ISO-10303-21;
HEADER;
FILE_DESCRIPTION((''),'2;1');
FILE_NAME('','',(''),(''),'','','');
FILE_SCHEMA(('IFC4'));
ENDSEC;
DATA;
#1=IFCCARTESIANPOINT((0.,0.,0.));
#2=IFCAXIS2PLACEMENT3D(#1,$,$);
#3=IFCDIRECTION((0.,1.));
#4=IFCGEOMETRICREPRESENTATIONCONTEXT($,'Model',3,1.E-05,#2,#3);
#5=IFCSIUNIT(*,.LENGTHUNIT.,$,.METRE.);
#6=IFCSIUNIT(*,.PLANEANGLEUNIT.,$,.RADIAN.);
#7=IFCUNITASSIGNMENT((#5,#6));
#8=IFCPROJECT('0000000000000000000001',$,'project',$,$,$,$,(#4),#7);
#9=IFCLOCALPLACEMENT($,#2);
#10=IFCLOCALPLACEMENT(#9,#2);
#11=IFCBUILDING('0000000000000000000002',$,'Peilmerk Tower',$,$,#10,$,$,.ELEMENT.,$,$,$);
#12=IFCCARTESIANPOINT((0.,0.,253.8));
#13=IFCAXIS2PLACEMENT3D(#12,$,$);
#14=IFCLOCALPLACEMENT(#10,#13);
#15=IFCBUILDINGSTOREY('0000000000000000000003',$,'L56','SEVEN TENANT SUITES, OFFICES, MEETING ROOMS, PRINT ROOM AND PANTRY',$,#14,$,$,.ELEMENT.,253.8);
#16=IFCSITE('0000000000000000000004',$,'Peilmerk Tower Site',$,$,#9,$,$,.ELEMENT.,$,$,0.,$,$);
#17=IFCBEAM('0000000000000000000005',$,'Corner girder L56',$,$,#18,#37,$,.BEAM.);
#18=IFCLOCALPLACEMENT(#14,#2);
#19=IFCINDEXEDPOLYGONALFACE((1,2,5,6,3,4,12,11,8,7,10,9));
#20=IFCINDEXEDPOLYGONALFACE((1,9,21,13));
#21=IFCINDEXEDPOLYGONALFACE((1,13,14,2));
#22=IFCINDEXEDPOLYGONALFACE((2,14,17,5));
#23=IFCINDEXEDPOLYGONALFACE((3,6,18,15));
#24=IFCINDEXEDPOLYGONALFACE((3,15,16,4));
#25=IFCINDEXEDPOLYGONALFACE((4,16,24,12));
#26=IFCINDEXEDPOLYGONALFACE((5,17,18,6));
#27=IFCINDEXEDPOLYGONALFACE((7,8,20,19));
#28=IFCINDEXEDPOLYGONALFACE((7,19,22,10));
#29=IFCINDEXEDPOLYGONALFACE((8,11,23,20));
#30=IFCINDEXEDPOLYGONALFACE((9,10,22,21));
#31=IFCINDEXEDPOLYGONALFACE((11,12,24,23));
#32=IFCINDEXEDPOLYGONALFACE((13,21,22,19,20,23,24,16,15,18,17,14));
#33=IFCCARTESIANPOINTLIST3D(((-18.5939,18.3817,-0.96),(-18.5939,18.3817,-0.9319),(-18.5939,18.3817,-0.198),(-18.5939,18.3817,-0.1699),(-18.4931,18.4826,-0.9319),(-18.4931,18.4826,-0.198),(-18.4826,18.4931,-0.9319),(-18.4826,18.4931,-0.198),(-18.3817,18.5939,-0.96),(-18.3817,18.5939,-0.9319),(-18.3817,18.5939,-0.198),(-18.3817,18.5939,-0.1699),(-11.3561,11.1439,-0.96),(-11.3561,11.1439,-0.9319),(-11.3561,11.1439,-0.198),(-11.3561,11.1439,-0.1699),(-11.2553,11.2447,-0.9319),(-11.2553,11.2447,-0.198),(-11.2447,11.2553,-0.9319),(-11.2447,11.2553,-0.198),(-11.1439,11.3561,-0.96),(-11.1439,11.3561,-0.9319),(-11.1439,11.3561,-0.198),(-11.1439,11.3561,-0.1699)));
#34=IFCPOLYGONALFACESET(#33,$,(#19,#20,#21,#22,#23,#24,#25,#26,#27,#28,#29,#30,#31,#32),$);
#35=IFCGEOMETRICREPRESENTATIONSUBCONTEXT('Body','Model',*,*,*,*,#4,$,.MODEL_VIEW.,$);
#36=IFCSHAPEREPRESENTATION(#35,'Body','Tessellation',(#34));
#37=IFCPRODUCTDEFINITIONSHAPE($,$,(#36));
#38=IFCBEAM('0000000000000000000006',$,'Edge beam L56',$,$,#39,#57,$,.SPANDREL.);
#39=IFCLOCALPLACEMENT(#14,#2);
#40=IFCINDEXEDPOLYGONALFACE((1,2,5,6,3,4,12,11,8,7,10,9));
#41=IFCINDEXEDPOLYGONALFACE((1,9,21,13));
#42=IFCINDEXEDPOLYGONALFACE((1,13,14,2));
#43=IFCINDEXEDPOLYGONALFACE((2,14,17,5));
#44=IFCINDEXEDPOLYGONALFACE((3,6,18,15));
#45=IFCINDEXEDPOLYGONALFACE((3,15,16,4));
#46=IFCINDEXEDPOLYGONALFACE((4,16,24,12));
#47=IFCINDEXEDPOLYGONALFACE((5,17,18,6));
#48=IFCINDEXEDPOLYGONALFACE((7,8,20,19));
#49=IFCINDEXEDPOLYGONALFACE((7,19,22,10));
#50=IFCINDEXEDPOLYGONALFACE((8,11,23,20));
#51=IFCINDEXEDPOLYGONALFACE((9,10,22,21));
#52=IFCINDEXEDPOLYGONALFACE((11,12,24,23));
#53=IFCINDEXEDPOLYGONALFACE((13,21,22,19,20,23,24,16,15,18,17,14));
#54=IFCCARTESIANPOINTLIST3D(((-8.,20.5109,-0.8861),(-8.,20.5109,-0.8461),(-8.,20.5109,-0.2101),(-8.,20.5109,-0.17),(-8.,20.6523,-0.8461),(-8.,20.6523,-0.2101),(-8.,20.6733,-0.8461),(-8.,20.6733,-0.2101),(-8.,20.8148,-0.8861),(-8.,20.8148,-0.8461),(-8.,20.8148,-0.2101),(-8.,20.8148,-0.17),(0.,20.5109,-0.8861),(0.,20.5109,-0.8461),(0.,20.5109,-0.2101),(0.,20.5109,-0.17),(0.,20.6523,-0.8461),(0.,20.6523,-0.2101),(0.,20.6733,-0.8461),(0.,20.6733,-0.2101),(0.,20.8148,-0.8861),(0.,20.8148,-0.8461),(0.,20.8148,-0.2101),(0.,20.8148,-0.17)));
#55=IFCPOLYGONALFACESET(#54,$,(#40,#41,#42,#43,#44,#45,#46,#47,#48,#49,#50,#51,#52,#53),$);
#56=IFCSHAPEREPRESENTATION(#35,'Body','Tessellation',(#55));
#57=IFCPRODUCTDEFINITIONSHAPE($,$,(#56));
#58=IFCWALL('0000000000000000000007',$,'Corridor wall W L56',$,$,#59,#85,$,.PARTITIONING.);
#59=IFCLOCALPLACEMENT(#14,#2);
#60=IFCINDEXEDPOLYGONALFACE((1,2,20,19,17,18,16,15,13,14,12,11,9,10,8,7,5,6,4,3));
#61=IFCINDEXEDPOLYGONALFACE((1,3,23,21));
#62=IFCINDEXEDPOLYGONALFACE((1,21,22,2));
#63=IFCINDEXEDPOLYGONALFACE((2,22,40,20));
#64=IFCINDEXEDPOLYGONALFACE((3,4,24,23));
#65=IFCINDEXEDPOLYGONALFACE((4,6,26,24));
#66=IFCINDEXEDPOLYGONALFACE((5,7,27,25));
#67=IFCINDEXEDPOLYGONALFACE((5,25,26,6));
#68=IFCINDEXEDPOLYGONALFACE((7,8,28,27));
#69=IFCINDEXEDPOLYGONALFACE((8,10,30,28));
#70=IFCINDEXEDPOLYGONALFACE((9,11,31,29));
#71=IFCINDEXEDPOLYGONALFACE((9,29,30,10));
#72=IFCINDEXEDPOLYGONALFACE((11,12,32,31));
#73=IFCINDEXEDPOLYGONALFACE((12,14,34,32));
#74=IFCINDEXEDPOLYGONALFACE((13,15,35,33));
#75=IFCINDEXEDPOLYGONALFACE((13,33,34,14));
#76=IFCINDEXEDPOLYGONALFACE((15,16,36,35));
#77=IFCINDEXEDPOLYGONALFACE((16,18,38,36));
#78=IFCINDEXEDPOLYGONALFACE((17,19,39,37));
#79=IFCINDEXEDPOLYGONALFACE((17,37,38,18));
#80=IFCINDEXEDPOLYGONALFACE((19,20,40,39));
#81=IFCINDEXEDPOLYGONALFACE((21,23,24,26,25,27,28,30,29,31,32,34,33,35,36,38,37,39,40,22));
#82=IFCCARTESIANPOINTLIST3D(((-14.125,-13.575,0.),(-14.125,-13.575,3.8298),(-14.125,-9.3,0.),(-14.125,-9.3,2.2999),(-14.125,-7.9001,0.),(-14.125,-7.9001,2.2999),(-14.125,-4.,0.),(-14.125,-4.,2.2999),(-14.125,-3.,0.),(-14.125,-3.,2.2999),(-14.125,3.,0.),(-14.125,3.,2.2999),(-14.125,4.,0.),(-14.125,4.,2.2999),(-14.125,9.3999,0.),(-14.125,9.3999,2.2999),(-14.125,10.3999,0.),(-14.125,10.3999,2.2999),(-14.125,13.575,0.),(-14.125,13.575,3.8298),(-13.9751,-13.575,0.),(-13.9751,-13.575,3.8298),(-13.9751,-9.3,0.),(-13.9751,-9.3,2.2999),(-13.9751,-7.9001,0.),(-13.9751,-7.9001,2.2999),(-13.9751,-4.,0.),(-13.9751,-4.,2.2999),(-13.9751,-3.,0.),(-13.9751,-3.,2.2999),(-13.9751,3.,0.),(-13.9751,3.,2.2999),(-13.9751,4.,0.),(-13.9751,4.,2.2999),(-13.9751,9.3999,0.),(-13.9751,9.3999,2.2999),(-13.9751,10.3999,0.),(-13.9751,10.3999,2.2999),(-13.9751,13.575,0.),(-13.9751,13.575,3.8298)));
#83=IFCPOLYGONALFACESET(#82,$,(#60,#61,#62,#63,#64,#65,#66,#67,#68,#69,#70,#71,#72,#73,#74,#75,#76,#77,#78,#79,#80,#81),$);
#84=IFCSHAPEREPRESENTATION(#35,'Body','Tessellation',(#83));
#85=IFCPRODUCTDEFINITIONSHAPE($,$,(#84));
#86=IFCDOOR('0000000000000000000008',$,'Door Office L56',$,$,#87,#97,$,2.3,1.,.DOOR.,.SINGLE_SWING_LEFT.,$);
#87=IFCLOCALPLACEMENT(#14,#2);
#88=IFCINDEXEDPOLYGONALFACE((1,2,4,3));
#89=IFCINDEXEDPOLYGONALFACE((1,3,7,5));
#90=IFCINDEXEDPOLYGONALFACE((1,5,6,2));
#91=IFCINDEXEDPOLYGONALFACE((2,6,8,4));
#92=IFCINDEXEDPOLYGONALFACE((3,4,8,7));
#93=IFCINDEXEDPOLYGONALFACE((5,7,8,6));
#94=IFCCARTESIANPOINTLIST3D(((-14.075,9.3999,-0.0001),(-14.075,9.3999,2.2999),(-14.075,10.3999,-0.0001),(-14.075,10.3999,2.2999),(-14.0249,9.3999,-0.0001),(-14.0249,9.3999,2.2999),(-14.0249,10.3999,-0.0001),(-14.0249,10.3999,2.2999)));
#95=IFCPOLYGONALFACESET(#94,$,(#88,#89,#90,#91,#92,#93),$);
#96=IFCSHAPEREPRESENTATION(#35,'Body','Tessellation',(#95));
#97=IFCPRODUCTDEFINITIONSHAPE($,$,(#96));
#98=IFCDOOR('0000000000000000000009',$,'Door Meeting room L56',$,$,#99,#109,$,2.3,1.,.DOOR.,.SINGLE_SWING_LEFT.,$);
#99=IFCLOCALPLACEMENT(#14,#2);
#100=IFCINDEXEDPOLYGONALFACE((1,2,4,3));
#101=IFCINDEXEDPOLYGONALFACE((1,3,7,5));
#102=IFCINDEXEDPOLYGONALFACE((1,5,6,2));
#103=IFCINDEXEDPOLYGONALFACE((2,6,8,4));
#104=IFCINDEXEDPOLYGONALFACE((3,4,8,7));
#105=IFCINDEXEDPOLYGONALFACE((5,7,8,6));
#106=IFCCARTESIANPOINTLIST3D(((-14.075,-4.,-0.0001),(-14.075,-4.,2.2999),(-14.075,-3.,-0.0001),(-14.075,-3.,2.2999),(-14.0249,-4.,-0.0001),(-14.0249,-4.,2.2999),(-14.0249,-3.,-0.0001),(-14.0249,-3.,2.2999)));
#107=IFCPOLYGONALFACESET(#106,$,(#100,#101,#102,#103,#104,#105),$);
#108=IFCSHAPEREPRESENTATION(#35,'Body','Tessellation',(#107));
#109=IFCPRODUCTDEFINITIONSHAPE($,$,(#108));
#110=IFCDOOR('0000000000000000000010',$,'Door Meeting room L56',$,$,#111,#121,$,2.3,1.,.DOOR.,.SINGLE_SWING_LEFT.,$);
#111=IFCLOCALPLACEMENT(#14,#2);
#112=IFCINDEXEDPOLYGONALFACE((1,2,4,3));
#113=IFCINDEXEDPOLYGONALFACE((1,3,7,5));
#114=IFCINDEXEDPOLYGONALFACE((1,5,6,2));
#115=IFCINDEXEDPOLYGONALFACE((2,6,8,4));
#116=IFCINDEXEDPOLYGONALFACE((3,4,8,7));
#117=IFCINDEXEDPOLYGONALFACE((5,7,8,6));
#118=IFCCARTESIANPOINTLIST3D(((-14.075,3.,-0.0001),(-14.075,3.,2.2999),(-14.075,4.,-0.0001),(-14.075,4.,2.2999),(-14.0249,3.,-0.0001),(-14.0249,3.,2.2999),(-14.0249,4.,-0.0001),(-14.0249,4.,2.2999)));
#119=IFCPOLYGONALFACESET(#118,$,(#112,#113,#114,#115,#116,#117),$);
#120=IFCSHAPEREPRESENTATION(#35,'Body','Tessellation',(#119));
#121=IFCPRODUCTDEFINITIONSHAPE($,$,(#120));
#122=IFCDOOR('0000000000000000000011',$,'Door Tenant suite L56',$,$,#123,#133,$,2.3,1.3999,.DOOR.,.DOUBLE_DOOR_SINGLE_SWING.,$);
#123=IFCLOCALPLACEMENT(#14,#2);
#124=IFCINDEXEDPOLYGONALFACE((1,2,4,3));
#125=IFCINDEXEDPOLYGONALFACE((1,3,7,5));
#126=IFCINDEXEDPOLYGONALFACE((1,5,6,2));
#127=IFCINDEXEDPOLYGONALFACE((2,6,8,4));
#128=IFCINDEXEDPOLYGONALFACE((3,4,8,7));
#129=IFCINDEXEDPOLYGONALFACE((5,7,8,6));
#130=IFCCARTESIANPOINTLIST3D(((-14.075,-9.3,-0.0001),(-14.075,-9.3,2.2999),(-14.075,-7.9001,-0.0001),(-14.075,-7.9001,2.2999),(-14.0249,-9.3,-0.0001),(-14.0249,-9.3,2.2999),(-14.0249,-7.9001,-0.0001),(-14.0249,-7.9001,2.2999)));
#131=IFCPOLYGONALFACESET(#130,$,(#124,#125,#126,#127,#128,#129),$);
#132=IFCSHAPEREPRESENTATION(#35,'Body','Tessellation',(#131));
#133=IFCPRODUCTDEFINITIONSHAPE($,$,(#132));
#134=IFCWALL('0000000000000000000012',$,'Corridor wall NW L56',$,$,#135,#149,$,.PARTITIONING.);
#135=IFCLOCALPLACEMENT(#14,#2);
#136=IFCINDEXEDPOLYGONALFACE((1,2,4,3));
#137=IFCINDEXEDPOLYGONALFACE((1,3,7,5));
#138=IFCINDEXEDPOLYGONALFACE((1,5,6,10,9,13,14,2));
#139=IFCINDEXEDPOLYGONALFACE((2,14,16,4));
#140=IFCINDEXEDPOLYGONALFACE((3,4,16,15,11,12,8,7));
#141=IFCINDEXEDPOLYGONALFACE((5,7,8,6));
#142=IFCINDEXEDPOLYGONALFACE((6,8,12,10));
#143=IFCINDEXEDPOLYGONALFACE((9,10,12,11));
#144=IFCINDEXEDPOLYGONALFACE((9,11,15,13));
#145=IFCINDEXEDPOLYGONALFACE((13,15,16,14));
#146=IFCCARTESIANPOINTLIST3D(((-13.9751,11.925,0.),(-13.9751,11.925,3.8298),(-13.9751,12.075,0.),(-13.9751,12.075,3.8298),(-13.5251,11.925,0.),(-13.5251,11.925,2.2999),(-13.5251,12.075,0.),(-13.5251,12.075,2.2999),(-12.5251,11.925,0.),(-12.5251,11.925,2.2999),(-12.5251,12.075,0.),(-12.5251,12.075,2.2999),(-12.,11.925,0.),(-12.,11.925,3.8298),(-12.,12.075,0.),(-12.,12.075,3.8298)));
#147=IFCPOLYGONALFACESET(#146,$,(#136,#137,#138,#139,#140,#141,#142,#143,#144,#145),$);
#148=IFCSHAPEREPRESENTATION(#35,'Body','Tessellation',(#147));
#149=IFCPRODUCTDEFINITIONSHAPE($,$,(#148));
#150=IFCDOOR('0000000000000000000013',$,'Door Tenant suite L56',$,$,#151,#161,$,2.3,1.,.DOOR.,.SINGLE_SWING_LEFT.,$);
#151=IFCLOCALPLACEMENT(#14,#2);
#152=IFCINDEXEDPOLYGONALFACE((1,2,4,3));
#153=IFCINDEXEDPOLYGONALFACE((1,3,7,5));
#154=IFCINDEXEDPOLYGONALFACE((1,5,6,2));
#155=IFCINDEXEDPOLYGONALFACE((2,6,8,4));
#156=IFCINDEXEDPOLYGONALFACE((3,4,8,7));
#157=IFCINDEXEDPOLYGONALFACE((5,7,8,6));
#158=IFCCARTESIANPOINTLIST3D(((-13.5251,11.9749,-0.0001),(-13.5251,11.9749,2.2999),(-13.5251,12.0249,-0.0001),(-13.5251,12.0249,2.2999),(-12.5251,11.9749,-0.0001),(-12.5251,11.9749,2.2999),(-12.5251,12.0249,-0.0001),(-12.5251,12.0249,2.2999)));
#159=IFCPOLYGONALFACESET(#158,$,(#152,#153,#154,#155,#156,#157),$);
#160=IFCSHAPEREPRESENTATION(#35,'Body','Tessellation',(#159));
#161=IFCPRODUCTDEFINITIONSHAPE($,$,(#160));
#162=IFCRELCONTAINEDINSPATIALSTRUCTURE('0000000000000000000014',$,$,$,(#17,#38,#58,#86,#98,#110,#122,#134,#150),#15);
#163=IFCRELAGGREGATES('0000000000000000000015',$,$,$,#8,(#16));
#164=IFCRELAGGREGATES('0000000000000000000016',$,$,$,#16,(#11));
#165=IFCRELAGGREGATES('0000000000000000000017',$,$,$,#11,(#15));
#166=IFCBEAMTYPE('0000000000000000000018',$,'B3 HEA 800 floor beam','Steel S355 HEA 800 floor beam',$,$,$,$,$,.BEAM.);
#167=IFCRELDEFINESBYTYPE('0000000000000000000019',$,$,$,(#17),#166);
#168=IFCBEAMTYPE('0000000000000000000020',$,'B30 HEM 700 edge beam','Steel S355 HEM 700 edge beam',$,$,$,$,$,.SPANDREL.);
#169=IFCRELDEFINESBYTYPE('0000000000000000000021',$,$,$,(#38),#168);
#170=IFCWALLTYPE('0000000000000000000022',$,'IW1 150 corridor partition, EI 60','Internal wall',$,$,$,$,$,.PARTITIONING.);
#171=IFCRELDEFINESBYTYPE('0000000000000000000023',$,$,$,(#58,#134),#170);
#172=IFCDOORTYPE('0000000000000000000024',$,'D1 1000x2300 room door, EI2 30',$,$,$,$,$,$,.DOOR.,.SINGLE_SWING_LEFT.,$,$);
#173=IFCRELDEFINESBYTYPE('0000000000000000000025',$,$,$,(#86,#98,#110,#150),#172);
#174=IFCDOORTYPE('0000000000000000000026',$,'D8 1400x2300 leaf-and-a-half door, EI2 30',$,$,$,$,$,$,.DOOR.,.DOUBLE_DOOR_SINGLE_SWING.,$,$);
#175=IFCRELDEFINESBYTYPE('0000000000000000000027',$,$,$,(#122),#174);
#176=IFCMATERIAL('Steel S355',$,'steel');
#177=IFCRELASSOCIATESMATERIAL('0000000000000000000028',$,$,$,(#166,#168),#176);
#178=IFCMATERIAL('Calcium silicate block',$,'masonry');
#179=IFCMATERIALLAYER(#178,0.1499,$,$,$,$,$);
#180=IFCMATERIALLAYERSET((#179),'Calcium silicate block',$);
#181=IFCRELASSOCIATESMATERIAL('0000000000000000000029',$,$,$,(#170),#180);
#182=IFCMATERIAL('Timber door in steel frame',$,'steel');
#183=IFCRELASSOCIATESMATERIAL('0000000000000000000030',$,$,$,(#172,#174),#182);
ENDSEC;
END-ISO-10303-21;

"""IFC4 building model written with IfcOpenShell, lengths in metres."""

from ifc_helpers import new_model, si_unit, direction, frame, frame_2d, origin, origin_2d, place, context, subcontext, project, spatial, rectangle, i_section, extrude, material, layer, layer_set, material_profile, profile_set, type_object, element, fill, save


model = new_model("IFC4")

# Units and contexts
model_context = context("Model", 3, precision=1e-05, world=origin(), true_north=direction((0.0, 1.0)))
body_context = subcontext(model_context, "Body", "Model", "MODEL_VIEW")
ifc_project = project(units=[si_unit("LENGTHUNIT", "METRE"), si_unit("PLANEANGLEUNIT", "RADIAN")], contexts=[model_context])

# Site, building, storey
site_placement = place(None, origin())
site = spatial("IfcSite", under=ifc_project, at=site_placement, Name="Peilmerk Tower Site", CompositionType="ELEMENT", RefElevation=0.0)
building_placement = place(site_placement, origin())
building = spatial("IfcBuilding", under=site, at=building_placement, Name="Peilmerk Tower", CompositionType="ELEMENT")
storey_placement = place(building_placement, frame((0.0, 0.0, 253.8)))
storey = spatial("IfcBuildingStorey", under=building, at=storey_placement, Name="L56", Description="SEVEN TENANT SUITES, OFFICES, MEETING ROOMS, PRINT ROOM AND PANTRY", CompositionType="ELEMENT", Elevation=253.8)

# Beams
ifc_material_1 = material(Name="Steel S355", Category="steel")
ifc_material_profile_1 = material_profile(ifc_material_1, i_section(OverallWidth=0.3, OverallDepth=0.79, WebThickness=0.0149, FlangeThickness=0.0281, at=origin_2d()), Name="HEA 800")
ifc_profile_set_1 = profile_set([ifc_material_profile_1], Name="Steel S355")
beam_type_1 = type_object("IfcBeamType", Name="B3 HEA 800 floor beam", Description="Steel S355 HEA 800 floor beam", PredefinedType="BEAM", material=ifc_profile_set_1)
beam_1_placement = place(storey_placement, frame((-11.25, 11.25, -0.5649), z_axis=(-0.707107, 0.707107, 0.0), x_axis=(-0.707107, -0.707107, 0.0)))
element("IfcBeam", 1, at=beam_1_placement, inside=storey, type_object=beam_type_1, Name="Corner girder L56", PredefinedType="BEAM", context=body_context, shape_type="SweptSolid", body=[
    extrude(i_section(OverallWidth=0.3, OverallDepth=0.79, WebThickness=0.0149, FlangeThickness=0.0281, at=origin_2d()), origin(), (0.0, 0.0, 1.0), 10.2358),
])
ifc_material_profile_2 = material_profile(ifc_material_1, i_section(OverallWidth=0.304, OverallDepth=0.7161, WebThickness=0.021, FlangeThickness=0.04, at=origin_2d()), Name="HEM 700")
ifc_profile_set_2 = profile_set([ifc_material_profile_2], Name="Steel S355")
beam_type_2 = type_object("IfcBeamType", Name="B30 HEM 700 edge beam", Description="Steel S355 HEM 700 edge beam", PredefinedType="SPANDREL", material=ifc_profile_set_2)
beam_2_placement = place(storey_placement, frame((0.0, 20.6628, -0.5281), z_axis=(-1.0, 0.0, 0.0), x_axis=(0.0, -1.0, 0.0)))
element("IfcBeam", 2, at=beam_2_placement, inside=storey, type_object=beam_type_2, Name="Edge beam L56", PredefinedType="SPANDREL", context=body_context, shape_type="SweptSolid", body=[
    extrude(i_section(OverallWidth=0.304, OverallDepth=0.7161, WebThickness=0.021, FlangeThickness=0.04, at=origin_2d()), origin(), (0.0, 0.0, 1.0), 8.0),
])

# Wall, openings, doors
ifc_material_2 = material(Name="Calcium silicate block", Category="masonry")
ifc_layer_1 = layer(ifc_material_2, 0.1499)
ifc_layer_set_1 = layer_set([ifc_layer_1], Name="Calcium silicate block")
wall_type_1 = type_object("IfcWallType", Name="IW1 150 corridor partition, EI 60", Description="Internal wall", PredefinedType="PARTITIONING", material=ifc_layer_set_1)
wall_1_placement = place(storey_placement, frame((-14.05, 13.575, 0.0), z_axis=(0.0, 0.0, 1.0), x_axis=(0.0, -1.0, 0.0)))
wall_1 = element("IfcWall", 3, at=wall_1_placement, inside=storey, type_object=wall_type_1, Name="Corridor wall W L56", PredefinedType="PARTITIONING", context=body_context, shape_type="SweptSolid", body=[
    extrude(rectangle(XDim=27.1499, YDim=0.1499, at=frame_2d((13.575, 0.0))), origin(), (0.0, 0.0, 1.0), 3.8298),
])
opening_1_placement = place(wall_1_placement, frame((21.4751, 0.0, 0.0)))
opening_1 = element("IfcOpeningElement", 4, at=opening_1_placement, cuts=wall_1, PredefinedType="OPENING", context=body_context, shape_type="SweptSolid", body=[
    extrude(rectangle(XDim=1.3999, YDim=2.3, at=frame_2d((0.7, 1.1499))), frame((0.0, 0.085, 0.0), z_axis=(0.0, -1.0, 0.0), x_axis=(1.0, 0.0, 0.0)), (0.0, 0.0, 1.0), 0.1699),
])
opening_2_placement = place(wall_1_placement, frame((3.175, 0.0, 0.0)))
opening_2 = element("IfcOpeningElement", 5, at=opening_2_placement, cuts=wall_1, PredefinedType="OPENING", context=body_context, shape_type="SweptSolid", body=[
    extrude(rectangle(XDim=1.0, YDim=2.3, at=frame_2d((0.5, 1.1499))), frame((0.0, 0.085, 0.0), z_axis=(0.0, -1.0, 0.0), x_axis=(1.0, 0.0, 0.0)), (0.0, 0.0, 1.0), 0.1699),
])
opening_3_placement = place(wall_1_placement, frame((16.575, 0.0, 0.0)))
opening_3 = element("IfcOpeningElement", 6, at=opening_3_placement, cuts=wall_1, PredefinedType="OPENING", context=body_context, shape_type="SweptSolid", body=[
    extrude(rectangle(XDim=1.0, YDim=2.3, at=frame_2d((0.5, 1.1499))), frame((0.0, 0.085, 0.0), z_axis=(0.0, -1.0, 0.0), x_axis=(1.0, 0.0, 0.0)), (0.0, 0.0, 1.0), 0.1699),
])
opening_4_placement = place(wall_1_placement, frame((9.575, 0.0, 0.0)))
opening_4 = element("IfcOpeningElement", 7, at=opening_4_placement, cuts=wall_1, PredefinedType="OPENING", context=body_context, shape_type="SweptSolid", body=[
    extrude(rectangle(XDim=1.0, YDim=2.3, at=frame_2d((0.5, 1.1499))), frame((0.0, 0.085, 0.0), z_axis=(0.0, -1.0, 0.0), x_axis=(1.0, 0.0, 0.0)), (0.0, 0.0, 1.0), 0.1699),
])
ifc_material_3 = material(Name="Timber door in steel frame", Category="steel")
door_type_1 = type_object("IfcDoorType", Name="D1 1000x2300 room door, EI2 30", OperationType="SINGLE_SWING_LEFT", PredefinedType="DOOR", material=ifc_material_3)
door_1_placement = place(opening_2_placement, frame((1.0, 0.0, 0.0), z_axis=(0.0, 0.0, 1.0), x_axis=(-1.0, 0.0, 0.0)))
door_1 = element("IfcDoor", 8, at=door_1_placement, inside=storey, type_object=door_type_1, Name="Door Office L56", OperationType="SINGLE_SWING_LEFT", OverallHeight=2.3, OverallWidth=1.0, PredefinedType="DOOR", context=body_context, shape_type="SweptSolid", body=[
    extrude(rectangle(XDim=1.0, YDim=2.3, at=frame_2d((0.5, 1.1499))), frame((0.0, 0.0249, 0.0), z_axis=(0.0, -1.0, 0.0), x_axis=(1.0, 0.0, 0.0)), (0.0, 0.0, 1.0), 0.05),
])
fill(opening_2, door_1)
door_2_placement = place(opening_3_placement, frame((1.0, 0.0, 0.0), z_axis=(0.0, 0.0, 1.0), x_axis=(-1.0, 0.0, 0.0)))
door_2 = element("IfcDoor", 9, at=door_2_placement, inside=storey, type_object=door_type_1, Name="Door Meeting room L56", OperationType="SINGLE_SWING_LEFT", OverallHeight=2.3, OverallWidth=1.0, PredefinedType="DOOR", context=body_context, shape_type="SweptSolid", body=[
    extrude(rectangle(XDim=1.0, YDim=2.3, at=frame_2d((0.5, 1.1499))), frame((0.0, 0.0249, 0.0), z_axis=(0.0, -1.0, 0.0), x_axis=(1.0, 0.0, 0.0)), (0.0, 0.0, 1.0), 0.05),
])
fill(opening_3, door_2)
door_3_placement = place(opening_4_placement, frame((1.0, 0.0, 0.0), z_axis=(0.0, 0.0, 1.0), x_axis=(-1.0, 0.0, 0.0)))
door_3 = element("IfcDoor", 10, at=door_3_placement, inside=storey, type_object=door_type_1, Name="Door Meeting room L56", OperationType="SINGLE_SWING_LEFT", OverallHeight=2.3, OverallWidth=1.0, PredefinedType="DOOR", context=body_context, shape_type="SweptSolid", body=[
    extrude(rectangle(XDim=1.0, YDim=2.3, at=frame_2d((0.5, 1.1499))), frame((0.0, 0.0249, 0.0), z_axis=(0.0, -1.0, 0.0), x_axis=(1.0, 0.0, 0.0)), (0.0, 0.0, 1.0), 0.05),
])
fill(opening_4, door_3)
door_type_2 = type_object("IfcDoorType", Name="D8 1400x2300 leaf-and-a-half door, EI2 30", OperationType="DOUBLE_DOOR_SINGLE_SWING", PredefinedType="DOOR", material=ifc_material_3)
door_4_placement = place(opening_1_placement, frame((1.3999, 0.0, 0.0), z_axis=(0.0, 0.0, 1.0), x_axis=(-1.0, 0.0, 0.0)))
door_4 = element("IfcDoor", 11, at=door_4_placement, inside=storey, type_object=door_type_2, Name="Door Tenant suite L56", OperationType="DOUBLE_DOOR_SINGLE_SWING", OverallHeight=2.3, OverallWidth=1.3999, PredefinedType="DOOR", context=body_context, shape_type="SweptSolid", body=[
    extrude(rectangle(XDim=1.3999, YDim=2.3, at=frame_2d((0.7, 1.1499))), frame((0.0, 0.0249, 0.0), z_axis=(0.0, -1.0, 0.0), x_axis=(1.0, 0.0, 0.0)), (0.0, 0.0, 1.0), 0.05),
])
fill(opening_1, door_4)

# Wall, opening, door
wall_2_placement = place(storey_placement, frame((-13.9751, 12.0, 0.0), z_axis=(0.0, 0.0, 1.0), x_axis=(1.0, 0.0, 0.0)))
wall_2 = element("IfcWall", 12, at=wall_2_placement, inside=storey, type_object=wall_type_1, Name="Corridor wall NW L56", PredefinedType="PARTITIONING", context=body_context, shape_type="SweptSolid", body=[
    extrude(rectangle(XDim=1.9751, YDim=0.1499, at=frame_2d((0.9875, 0.0))), origin(), (0.0, 0.0, 1.0), 3.8298),
])
opening_5_placement = place(wall_2_placement, frame((0.45, 0.0, 0.0)))
opening_5 = element("IfcOpeningElement", 13, at=opening_5_placement, cuts=wall_2, PredefinedType="OPENING", context=body_context, shape_type="SweptSolid", body=[
    extrude(rectangle(XDim=1.0, YDim=2.3, at=frame_2d((0.5, 1.1499))), frame((0.0, 0.085, 0.0), z_axis=(0.0, -1.0, 0.0), x_axis=(1.0, 0.0, 0.0)), (0.0, 0.0, 1.0), 0.1699),
])
door_5_placement = place(opening_5_placement, origin())
door_5 = element("IfcDoor", 14, at=door_5_placement, inside=storey, type_object=door_type_1, Name="Door Tenant suite L56", OperationType="SINGLE_SWING_LEFT", OverallHeight=2.3, OverallWidth=1.0, PredefinedType="DOOR", context=body_context, shape_type="SweptSolid", body=[
    extrude(rectangle(XDim=1.0, YDim=2.3, at=frame_2d((0.5, 1.1499))), frame((0.0, 0.0249, 0.0), z_axis=(0.0, -1.0, 0.0), x_axis=(1.0, 0.0, 0.0)), (0.0, 0.0, 1.0), 0.05),
])
fill(opening_5, door_5)

save(model, "model.ifc")
